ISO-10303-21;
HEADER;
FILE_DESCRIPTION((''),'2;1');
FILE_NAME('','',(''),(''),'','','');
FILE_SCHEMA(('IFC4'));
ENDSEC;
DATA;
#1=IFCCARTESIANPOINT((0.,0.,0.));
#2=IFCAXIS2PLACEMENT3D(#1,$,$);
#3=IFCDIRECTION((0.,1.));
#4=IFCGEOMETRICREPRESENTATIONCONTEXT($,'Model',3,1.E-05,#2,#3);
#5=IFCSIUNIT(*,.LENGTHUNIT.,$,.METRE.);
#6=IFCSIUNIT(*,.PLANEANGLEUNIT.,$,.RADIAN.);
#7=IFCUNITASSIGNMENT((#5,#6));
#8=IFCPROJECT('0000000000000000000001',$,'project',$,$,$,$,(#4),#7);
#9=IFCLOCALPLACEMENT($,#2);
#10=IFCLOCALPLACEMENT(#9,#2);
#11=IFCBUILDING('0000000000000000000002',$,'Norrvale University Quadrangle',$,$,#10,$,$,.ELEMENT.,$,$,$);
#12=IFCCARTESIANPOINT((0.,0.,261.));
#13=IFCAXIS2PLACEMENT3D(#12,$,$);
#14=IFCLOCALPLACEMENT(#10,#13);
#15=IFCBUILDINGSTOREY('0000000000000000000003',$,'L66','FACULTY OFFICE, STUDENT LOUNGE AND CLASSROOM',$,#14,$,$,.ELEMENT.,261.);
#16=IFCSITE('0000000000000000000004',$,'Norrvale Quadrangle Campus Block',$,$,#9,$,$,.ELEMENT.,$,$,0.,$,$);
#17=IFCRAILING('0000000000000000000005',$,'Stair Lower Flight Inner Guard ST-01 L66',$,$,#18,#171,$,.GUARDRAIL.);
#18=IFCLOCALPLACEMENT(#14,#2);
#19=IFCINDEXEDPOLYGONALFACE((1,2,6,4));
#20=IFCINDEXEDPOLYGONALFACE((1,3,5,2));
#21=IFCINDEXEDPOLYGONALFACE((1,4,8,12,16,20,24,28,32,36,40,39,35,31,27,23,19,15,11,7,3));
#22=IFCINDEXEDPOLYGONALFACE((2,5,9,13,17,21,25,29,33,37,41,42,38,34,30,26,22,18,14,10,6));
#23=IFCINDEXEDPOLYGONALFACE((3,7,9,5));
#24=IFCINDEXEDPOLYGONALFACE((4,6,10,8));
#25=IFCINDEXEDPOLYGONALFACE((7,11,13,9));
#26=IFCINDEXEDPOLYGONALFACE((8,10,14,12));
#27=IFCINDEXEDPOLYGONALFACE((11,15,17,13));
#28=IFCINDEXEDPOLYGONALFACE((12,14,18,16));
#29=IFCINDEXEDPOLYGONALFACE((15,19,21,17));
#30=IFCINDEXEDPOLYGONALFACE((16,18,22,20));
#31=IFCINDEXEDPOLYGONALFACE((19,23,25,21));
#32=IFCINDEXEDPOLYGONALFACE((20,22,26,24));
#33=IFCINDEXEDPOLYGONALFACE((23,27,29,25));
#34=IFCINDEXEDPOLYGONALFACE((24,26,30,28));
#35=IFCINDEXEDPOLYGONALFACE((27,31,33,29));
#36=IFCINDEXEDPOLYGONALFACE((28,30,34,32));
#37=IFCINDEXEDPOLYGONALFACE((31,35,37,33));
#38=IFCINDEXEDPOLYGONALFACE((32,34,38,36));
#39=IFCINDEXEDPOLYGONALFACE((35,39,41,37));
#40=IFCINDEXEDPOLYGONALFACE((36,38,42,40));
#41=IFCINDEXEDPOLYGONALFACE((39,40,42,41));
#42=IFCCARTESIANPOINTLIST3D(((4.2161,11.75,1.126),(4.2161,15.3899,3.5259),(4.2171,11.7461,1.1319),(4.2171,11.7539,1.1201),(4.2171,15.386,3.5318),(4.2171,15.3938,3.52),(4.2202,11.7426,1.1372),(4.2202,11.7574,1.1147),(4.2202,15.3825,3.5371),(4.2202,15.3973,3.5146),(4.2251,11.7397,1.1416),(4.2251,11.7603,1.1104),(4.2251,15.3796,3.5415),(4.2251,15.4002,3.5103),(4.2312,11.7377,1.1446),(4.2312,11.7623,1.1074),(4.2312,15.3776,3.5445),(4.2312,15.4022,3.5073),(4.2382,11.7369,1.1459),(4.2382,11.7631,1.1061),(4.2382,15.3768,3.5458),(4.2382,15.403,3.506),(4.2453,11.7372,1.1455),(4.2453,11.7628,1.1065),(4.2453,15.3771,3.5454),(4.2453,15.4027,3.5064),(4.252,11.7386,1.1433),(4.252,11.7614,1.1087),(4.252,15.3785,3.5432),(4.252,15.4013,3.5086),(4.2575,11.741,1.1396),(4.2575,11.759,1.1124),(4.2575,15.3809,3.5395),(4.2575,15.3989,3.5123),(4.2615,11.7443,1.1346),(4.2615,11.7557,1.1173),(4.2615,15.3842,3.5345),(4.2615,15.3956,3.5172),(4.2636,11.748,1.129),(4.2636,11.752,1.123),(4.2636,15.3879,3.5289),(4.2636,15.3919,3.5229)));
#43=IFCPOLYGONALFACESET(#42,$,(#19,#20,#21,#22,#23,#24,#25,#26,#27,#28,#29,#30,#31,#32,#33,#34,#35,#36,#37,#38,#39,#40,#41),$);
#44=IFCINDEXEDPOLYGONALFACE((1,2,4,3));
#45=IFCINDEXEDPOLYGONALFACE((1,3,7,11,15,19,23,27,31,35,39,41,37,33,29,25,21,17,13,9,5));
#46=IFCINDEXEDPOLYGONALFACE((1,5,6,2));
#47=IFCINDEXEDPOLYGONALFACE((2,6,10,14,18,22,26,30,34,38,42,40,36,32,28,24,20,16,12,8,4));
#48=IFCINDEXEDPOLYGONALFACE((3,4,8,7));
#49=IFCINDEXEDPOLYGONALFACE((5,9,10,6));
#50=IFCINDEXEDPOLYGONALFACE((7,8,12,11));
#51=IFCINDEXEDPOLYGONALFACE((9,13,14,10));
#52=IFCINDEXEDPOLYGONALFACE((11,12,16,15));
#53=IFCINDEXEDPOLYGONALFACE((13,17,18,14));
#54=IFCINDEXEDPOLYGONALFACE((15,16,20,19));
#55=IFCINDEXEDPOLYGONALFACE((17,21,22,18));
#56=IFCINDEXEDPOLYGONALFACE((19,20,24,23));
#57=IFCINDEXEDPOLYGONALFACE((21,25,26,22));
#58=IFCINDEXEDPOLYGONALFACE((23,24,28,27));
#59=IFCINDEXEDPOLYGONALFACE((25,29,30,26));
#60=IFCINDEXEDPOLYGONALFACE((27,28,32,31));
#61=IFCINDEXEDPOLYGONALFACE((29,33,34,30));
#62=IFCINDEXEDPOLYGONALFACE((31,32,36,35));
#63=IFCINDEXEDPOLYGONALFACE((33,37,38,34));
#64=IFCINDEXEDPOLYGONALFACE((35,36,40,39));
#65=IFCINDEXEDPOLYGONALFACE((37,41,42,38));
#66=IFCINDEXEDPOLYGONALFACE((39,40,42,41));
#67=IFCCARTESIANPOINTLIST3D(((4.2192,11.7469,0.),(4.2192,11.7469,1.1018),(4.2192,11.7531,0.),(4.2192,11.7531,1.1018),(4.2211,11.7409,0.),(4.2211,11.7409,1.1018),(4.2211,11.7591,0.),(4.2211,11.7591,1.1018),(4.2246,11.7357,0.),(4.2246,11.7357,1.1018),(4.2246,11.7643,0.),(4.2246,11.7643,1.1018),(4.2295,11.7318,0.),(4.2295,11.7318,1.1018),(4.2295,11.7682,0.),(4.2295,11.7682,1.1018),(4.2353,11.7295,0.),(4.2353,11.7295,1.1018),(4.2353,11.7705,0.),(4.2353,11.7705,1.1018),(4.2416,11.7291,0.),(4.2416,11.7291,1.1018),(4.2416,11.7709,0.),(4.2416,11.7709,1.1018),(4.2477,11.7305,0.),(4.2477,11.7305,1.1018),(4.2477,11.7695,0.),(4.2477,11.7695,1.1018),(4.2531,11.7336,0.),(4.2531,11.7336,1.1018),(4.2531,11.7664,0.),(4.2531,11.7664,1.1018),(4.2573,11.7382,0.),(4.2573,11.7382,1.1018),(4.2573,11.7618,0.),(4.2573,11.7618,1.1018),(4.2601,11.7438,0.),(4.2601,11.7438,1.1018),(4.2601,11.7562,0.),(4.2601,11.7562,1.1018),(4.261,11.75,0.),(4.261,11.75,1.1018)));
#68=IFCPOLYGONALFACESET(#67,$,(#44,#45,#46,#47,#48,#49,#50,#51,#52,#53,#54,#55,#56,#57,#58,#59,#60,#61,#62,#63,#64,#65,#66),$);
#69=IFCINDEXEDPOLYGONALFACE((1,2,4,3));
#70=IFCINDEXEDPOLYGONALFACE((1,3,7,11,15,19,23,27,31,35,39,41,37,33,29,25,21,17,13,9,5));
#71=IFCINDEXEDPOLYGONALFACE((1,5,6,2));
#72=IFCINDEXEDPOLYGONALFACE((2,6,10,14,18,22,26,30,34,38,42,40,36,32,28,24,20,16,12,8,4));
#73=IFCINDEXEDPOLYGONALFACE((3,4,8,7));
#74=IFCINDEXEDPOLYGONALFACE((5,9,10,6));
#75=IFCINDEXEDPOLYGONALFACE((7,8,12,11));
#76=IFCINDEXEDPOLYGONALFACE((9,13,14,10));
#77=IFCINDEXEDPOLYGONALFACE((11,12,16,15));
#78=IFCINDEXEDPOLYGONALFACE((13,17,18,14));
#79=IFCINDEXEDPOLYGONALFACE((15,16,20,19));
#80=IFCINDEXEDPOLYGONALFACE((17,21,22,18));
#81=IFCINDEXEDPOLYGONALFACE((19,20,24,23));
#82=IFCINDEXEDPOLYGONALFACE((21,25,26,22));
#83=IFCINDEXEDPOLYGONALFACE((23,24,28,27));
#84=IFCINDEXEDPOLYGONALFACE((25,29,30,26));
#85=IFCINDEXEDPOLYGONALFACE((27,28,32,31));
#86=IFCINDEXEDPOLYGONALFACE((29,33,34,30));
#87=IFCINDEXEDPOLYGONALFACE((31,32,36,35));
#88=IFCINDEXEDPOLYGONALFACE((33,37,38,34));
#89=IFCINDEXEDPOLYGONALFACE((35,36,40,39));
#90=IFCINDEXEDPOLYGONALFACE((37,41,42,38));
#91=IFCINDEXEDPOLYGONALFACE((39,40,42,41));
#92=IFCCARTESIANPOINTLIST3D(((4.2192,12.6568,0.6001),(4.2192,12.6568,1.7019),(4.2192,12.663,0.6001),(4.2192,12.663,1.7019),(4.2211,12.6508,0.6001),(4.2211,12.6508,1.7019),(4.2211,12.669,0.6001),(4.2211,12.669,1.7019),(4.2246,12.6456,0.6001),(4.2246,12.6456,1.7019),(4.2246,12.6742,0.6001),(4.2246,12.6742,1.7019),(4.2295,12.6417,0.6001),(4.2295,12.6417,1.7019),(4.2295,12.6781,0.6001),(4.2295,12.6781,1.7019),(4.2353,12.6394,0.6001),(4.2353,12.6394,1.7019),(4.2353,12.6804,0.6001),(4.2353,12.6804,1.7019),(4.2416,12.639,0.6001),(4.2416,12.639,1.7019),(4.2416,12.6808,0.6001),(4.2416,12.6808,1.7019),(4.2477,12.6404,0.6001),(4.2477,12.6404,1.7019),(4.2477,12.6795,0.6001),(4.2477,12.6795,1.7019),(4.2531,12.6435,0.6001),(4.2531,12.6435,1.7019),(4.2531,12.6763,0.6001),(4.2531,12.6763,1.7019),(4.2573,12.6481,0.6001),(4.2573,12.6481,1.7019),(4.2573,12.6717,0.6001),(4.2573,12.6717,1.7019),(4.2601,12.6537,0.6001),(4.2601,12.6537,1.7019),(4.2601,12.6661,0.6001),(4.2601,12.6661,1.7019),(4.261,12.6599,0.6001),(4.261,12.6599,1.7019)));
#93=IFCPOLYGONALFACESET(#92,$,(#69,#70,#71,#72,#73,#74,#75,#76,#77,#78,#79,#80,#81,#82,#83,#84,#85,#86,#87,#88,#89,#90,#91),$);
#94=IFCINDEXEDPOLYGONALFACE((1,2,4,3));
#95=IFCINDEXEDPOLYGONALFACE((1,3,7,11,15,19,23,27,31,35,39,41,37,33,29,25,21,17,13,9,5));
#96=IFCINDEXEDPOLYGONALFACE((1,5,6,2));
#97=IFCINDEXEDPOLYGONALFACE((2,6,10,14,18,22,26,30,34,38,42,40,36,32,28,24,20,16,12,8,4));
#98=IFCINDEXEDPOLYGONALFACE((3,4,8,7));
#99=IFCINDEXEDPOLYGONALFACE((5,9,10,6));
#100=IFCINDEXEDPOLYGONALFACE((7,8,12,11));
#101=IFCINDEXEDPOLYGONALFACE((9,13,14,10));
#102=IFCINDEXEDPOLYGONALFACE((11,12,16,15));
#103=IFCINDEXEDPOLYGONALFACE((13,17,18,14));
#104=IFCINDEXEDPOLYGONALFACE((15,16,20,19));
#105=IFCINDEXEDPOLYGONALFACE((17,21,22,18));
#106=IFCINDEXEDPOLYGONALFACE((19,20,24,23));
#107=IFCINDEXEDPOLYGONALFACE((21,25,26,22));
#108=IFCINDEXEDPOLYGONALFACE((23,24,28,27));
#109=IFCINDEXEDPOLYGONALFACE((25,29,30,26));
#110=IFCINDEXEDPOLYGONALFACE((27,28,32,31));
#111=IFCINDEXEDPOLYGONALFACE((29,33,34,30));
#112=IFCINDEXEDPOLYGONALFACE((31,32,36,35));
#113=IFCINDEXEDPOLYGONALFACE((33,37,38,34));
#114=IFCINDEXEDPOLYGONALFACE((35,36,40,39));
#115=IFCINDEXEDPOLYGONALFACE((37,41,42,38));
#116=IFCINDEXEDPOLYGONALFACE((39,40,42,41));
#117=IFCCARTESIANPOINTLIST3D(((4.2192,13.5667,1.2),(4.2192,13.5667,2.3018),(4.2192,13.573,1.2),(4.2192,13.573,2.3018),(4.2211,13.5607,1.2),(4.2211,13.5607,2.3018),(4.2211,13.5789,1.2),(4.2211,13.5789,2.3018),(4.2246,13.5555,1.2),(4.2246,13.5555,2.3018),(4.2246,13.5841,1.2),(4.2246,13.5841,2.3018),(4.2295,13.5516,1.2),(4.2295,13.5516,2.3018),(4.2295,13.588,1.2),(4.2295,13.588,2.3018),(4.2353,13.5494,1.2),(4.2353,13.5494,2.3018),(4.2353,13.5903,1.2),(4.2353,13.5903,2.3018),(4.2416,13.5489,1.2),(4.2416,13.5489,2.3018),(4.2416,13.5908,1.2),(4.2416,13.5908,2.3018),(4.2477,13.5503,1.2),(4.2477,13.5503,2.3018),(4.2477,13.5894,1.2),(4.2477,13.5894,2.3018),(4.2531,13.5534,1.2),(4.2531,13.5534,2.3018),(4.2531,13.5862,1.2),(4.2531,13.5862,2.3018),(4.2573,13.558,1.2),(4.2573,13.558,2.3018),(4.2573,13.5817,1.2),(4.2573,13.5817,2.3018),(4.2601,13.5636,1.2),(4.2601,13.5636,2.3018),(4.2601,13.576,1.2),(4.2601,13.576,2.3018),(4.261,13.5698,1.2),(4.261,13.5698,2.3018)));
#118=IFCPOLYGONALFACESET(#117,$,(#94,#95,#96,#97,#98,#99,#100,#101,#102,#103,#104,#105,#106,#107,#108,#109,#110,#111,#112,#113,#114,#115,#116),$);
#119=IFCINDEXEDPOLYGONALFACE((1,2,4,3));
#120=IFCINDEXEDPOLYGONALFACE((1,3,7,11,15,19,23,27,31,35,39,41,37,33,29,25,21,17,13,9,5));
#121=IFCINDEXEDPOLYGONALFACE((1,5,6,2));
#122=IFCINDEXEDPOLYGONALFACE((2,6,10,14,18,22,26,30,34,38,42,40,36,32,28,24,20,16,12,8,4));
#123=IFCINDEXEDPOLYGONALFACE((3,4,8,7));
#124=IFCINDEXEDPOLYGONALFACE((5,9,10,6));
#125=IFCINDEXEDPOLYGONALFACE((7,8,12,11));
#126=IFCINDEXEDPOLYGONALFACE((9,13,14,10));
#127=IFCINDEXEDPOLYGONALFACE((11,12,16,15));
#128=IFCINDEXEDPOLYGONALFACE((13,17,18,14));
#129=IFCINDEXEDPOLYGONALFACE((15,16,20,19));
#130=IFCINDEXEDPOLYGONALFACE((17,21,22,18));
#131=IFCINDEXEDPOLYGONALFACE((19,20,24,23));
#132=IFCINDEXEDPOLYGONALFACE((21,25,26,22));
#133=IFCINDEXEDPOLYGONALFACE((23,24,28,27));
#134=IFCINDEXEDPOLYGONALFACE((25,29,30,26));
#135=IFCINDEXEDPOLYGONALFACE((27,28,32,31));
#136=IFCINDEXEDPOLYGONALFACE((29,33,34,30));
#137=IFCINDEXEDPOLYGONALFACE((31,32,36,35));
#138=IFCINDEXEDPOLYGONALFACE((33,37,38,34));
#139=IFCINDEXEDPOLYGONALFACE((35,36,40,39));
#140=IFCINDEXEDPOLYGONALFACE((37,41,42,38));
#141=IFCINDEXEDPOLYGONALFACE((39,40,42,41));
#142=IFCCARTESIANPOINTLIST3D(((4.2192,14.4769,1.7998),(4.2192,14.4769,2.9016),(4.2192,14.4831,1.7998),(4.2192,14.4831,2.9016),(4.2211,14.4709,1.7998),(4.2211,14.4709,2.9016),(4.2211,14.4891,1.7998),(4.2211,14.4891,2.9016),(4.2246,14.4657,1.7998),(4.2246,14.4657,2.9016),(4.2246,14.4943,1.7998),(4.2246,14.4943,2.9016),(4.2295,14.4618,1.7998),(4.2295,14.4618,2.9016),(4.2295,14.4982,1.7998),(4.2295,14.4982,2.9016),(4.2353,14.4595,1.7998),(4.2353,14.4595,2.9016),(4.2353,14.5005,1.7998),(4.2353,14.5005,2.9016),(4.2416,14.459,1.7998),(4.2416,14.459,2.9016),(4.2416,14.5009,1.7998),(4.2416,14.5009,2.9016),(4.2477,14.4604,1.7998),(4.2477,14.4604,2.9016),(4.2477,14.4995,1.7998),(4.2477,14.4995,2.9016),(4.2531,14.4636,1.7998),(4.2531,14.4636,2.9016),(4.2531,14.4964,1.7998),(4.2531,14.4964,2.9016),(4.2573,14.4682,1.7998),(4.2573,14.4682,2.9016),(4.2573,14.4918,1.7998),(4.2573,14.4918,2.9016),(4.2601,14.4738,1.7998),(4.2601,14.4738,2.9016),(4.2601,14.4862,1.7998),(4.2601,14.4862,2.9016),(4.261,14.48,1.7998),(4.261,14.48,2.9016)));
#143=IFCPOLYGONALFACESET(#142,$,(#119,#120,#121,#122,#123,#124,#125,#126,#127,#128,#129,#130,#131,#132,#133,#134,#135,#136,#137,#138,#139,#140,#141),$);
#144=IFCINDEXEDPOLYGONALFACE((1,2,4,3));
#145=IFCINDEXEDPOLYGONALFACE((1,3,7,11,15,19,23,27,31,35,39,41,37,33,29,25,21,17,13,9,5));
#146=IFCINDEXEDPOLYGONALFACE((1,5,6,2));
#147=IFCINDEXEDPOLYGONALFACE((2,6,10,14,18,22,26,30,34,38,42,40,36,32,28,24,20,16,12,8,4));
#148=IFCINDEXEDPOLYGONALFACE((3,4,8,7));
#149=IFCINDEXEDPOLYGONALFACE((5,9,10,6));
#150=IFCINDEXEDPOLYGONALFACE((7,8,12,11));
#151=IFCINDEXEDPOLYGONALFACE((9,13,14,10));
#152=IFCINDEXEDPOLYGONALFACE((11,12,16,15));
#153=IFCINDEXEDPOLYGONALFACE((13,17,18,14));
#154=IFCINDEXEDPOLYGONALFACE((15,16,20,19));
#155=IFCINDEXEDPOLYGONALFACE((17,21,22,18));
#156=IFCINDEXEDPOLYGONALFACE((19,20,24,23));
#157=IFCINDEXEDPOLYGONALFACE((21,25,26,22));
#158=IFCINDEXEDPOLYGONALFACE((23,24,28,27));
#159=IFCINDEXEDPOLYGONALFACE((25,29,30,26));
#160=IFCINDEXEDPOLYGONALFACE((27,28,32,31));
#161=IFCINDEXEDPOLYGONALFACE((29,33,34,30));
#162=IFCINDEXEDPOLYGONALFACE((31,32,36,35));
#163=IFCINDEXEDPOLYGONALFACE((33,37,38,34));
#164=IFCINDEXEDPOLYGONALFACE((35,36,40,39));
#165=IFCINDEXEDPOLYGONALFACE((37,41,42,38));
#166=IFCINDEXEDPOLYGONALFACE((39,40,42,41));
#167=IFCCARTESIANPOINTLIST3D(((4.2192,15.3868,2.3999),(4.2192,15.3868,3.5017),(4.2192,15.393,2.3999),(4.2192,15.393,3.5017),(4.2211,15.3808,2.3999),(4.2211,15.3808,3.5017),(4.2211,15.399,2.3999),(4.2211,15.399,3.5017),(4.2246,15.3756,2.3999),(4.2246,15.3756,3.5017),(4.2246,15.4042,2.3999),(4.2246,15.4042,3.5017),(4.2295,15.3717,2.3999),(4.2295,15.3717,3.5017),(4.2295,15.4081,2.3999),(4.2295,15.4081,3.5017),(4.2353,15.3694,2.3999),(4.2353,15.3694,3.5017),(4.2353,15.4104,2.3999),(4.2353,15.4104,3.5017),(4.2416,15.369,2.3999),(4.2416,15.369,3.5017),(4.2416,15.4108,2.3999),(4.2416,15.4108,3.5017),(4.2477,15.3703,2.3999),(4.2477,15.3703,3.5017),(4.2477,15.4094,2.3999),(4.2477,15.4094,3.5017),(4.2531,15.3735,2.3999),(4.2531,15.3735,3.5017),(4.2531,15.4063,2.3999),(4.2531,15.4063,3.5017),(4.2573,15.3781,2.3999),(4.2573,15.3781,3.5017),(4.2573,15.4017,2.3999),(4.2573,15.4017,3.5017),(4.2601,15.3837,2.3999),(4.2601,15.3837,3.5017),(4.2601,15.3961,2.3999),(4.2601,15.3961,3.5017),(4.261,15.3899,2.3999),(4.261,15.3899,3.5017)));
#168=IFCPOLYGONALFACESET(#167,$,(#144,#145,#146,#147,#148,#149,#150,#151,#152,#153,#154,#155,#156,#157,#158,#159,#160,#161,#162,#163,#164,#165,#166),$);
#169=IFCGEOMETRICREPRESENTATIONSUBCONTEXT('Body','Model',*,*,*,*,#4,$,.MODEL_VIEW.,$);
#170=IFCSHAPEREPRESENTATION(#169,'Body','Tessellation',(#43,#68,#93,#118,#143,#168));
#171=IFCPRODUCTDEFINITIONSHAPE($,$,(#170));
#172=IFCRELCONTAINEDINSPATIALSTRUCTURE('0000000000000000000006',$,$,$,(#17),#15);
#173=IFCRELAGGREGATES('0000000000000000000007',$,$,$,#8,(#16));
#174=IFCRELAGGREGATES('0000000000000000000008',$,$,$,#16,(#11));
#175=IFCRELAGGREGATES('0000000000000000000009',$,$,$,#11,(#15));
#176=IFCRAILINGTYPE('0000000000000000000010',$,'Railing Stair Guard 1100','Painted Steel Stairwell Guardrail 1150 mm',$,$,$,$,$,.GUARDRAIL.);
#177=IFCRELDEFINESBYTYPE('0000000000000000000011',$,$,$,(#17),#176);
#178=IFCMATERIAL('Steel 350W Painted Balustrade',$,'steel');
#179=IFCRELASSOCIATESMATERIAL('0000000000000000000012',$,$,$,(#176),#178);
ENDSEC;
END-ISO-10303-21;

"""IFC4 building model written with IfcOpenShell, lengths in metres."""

from ifc_helpers import new_model, si_unit, direction, frame, origin, origin_2d, place, context, subcontext, project, spatial, circle, extrude, material, type_object, element, save


model = new_model("IFC4")

# Units and contexts
model_context = context("Model", 3, precision=1e-05, world=origin(), true_north=direction((0.0, 1.0)))
body_context = subcontext(model_context, "Body", "Model", "MODEL_VIEW")
ifc_project = project(units=[si_unit("LENGTHUNIT", "METRE"), si_unit("PLANEANGLEUNIT", "RADIAN")], contexts=[model_context])

# Site, building, storey
site_placement = place(None, origin())
site = spatial("IfcSite", under=ifc_project, at=site_placement, Name="Norrvale Quadrangle Campus Block", CompositionType="ELEMENT", RefElevation=0.0)
building_placement = place(site_placement, origin())
building = spatial("IfcBuilding", under=site, at=building_placement, Name="Norrvale University Quadrangle", CompositionType="ELEMENT")
storey_placement = place(building_placement, frame((0.0, 0.0, 261.0)))
storey = spatial("IfcBuildingStorey", under=building, at=storey_placement, Name="L66", Description="FACULTY OFFICE, STUDENT LOUNGE AND CLASSROOM", CompositionType="ELEMENT", Elevation=261.0)

# Railing
ifc_material_1 = material(Name="Steel 350W Painted Balustrade", Category="steel")
railing_type_1 = type_object("IfcRailingType", Name="Railing Stair Guard 1100", Description="Painted Steel Stairwell Guardrail 1150 mm", PredefinedType="GUARDRAIL", material=ifc_material_1)
railing_1_placement = place(storey_placement, frame((4.24, 11.75, 0.0)))
element("IfcRailing", 1, at=railing_1_placement, inside=storey, type_object=railing_type_1, Name="Stair Lower Flight Inner Guard ST-01 L66", PredefinedType="GUARDRAIL", context=body_context, shape_type="SweptSolid", body=[
    extrude(circle(Radius=0.0239, at=origin_2d()), frame((0.0, 0.0, 1.126), z_axis=(0.0, 0.834865, 0.550454), x_axis=(-1.0, 0.0, 0.0)), (0.0, 0.0, 1.0), 4.3599),
    extrude(circle(Radius=0.021, at=origin_2d()), origin(), (0.0, 0.0, 1.0), 1.1018),
    extrude(circle(Radius=0.021, at=origin_2d()), frame((0.0, 0.9099, 0.6001)), (0.0, 0.0, 1.0), 1.1018),
    extrude(circle(Radius=0.021, at=origin_2d()), frame((0.0, 1.8198, 1.2)), (0.0, 0.0, 1.0), 1.1018),
    extrude(circle(Radius=0.021, at=origin_2d()), frame((0.0, 2.73, 1.7998)), (0.0, 0.0, 1.0), 1.1018),
    extrude(circle(Radius=0.021, at=origin_2d()), frame((0.0, 3.6399, 2.3999)), (0.0, 0.0, 1.0), 1.1018),
])

save(model, "model.ifc")
